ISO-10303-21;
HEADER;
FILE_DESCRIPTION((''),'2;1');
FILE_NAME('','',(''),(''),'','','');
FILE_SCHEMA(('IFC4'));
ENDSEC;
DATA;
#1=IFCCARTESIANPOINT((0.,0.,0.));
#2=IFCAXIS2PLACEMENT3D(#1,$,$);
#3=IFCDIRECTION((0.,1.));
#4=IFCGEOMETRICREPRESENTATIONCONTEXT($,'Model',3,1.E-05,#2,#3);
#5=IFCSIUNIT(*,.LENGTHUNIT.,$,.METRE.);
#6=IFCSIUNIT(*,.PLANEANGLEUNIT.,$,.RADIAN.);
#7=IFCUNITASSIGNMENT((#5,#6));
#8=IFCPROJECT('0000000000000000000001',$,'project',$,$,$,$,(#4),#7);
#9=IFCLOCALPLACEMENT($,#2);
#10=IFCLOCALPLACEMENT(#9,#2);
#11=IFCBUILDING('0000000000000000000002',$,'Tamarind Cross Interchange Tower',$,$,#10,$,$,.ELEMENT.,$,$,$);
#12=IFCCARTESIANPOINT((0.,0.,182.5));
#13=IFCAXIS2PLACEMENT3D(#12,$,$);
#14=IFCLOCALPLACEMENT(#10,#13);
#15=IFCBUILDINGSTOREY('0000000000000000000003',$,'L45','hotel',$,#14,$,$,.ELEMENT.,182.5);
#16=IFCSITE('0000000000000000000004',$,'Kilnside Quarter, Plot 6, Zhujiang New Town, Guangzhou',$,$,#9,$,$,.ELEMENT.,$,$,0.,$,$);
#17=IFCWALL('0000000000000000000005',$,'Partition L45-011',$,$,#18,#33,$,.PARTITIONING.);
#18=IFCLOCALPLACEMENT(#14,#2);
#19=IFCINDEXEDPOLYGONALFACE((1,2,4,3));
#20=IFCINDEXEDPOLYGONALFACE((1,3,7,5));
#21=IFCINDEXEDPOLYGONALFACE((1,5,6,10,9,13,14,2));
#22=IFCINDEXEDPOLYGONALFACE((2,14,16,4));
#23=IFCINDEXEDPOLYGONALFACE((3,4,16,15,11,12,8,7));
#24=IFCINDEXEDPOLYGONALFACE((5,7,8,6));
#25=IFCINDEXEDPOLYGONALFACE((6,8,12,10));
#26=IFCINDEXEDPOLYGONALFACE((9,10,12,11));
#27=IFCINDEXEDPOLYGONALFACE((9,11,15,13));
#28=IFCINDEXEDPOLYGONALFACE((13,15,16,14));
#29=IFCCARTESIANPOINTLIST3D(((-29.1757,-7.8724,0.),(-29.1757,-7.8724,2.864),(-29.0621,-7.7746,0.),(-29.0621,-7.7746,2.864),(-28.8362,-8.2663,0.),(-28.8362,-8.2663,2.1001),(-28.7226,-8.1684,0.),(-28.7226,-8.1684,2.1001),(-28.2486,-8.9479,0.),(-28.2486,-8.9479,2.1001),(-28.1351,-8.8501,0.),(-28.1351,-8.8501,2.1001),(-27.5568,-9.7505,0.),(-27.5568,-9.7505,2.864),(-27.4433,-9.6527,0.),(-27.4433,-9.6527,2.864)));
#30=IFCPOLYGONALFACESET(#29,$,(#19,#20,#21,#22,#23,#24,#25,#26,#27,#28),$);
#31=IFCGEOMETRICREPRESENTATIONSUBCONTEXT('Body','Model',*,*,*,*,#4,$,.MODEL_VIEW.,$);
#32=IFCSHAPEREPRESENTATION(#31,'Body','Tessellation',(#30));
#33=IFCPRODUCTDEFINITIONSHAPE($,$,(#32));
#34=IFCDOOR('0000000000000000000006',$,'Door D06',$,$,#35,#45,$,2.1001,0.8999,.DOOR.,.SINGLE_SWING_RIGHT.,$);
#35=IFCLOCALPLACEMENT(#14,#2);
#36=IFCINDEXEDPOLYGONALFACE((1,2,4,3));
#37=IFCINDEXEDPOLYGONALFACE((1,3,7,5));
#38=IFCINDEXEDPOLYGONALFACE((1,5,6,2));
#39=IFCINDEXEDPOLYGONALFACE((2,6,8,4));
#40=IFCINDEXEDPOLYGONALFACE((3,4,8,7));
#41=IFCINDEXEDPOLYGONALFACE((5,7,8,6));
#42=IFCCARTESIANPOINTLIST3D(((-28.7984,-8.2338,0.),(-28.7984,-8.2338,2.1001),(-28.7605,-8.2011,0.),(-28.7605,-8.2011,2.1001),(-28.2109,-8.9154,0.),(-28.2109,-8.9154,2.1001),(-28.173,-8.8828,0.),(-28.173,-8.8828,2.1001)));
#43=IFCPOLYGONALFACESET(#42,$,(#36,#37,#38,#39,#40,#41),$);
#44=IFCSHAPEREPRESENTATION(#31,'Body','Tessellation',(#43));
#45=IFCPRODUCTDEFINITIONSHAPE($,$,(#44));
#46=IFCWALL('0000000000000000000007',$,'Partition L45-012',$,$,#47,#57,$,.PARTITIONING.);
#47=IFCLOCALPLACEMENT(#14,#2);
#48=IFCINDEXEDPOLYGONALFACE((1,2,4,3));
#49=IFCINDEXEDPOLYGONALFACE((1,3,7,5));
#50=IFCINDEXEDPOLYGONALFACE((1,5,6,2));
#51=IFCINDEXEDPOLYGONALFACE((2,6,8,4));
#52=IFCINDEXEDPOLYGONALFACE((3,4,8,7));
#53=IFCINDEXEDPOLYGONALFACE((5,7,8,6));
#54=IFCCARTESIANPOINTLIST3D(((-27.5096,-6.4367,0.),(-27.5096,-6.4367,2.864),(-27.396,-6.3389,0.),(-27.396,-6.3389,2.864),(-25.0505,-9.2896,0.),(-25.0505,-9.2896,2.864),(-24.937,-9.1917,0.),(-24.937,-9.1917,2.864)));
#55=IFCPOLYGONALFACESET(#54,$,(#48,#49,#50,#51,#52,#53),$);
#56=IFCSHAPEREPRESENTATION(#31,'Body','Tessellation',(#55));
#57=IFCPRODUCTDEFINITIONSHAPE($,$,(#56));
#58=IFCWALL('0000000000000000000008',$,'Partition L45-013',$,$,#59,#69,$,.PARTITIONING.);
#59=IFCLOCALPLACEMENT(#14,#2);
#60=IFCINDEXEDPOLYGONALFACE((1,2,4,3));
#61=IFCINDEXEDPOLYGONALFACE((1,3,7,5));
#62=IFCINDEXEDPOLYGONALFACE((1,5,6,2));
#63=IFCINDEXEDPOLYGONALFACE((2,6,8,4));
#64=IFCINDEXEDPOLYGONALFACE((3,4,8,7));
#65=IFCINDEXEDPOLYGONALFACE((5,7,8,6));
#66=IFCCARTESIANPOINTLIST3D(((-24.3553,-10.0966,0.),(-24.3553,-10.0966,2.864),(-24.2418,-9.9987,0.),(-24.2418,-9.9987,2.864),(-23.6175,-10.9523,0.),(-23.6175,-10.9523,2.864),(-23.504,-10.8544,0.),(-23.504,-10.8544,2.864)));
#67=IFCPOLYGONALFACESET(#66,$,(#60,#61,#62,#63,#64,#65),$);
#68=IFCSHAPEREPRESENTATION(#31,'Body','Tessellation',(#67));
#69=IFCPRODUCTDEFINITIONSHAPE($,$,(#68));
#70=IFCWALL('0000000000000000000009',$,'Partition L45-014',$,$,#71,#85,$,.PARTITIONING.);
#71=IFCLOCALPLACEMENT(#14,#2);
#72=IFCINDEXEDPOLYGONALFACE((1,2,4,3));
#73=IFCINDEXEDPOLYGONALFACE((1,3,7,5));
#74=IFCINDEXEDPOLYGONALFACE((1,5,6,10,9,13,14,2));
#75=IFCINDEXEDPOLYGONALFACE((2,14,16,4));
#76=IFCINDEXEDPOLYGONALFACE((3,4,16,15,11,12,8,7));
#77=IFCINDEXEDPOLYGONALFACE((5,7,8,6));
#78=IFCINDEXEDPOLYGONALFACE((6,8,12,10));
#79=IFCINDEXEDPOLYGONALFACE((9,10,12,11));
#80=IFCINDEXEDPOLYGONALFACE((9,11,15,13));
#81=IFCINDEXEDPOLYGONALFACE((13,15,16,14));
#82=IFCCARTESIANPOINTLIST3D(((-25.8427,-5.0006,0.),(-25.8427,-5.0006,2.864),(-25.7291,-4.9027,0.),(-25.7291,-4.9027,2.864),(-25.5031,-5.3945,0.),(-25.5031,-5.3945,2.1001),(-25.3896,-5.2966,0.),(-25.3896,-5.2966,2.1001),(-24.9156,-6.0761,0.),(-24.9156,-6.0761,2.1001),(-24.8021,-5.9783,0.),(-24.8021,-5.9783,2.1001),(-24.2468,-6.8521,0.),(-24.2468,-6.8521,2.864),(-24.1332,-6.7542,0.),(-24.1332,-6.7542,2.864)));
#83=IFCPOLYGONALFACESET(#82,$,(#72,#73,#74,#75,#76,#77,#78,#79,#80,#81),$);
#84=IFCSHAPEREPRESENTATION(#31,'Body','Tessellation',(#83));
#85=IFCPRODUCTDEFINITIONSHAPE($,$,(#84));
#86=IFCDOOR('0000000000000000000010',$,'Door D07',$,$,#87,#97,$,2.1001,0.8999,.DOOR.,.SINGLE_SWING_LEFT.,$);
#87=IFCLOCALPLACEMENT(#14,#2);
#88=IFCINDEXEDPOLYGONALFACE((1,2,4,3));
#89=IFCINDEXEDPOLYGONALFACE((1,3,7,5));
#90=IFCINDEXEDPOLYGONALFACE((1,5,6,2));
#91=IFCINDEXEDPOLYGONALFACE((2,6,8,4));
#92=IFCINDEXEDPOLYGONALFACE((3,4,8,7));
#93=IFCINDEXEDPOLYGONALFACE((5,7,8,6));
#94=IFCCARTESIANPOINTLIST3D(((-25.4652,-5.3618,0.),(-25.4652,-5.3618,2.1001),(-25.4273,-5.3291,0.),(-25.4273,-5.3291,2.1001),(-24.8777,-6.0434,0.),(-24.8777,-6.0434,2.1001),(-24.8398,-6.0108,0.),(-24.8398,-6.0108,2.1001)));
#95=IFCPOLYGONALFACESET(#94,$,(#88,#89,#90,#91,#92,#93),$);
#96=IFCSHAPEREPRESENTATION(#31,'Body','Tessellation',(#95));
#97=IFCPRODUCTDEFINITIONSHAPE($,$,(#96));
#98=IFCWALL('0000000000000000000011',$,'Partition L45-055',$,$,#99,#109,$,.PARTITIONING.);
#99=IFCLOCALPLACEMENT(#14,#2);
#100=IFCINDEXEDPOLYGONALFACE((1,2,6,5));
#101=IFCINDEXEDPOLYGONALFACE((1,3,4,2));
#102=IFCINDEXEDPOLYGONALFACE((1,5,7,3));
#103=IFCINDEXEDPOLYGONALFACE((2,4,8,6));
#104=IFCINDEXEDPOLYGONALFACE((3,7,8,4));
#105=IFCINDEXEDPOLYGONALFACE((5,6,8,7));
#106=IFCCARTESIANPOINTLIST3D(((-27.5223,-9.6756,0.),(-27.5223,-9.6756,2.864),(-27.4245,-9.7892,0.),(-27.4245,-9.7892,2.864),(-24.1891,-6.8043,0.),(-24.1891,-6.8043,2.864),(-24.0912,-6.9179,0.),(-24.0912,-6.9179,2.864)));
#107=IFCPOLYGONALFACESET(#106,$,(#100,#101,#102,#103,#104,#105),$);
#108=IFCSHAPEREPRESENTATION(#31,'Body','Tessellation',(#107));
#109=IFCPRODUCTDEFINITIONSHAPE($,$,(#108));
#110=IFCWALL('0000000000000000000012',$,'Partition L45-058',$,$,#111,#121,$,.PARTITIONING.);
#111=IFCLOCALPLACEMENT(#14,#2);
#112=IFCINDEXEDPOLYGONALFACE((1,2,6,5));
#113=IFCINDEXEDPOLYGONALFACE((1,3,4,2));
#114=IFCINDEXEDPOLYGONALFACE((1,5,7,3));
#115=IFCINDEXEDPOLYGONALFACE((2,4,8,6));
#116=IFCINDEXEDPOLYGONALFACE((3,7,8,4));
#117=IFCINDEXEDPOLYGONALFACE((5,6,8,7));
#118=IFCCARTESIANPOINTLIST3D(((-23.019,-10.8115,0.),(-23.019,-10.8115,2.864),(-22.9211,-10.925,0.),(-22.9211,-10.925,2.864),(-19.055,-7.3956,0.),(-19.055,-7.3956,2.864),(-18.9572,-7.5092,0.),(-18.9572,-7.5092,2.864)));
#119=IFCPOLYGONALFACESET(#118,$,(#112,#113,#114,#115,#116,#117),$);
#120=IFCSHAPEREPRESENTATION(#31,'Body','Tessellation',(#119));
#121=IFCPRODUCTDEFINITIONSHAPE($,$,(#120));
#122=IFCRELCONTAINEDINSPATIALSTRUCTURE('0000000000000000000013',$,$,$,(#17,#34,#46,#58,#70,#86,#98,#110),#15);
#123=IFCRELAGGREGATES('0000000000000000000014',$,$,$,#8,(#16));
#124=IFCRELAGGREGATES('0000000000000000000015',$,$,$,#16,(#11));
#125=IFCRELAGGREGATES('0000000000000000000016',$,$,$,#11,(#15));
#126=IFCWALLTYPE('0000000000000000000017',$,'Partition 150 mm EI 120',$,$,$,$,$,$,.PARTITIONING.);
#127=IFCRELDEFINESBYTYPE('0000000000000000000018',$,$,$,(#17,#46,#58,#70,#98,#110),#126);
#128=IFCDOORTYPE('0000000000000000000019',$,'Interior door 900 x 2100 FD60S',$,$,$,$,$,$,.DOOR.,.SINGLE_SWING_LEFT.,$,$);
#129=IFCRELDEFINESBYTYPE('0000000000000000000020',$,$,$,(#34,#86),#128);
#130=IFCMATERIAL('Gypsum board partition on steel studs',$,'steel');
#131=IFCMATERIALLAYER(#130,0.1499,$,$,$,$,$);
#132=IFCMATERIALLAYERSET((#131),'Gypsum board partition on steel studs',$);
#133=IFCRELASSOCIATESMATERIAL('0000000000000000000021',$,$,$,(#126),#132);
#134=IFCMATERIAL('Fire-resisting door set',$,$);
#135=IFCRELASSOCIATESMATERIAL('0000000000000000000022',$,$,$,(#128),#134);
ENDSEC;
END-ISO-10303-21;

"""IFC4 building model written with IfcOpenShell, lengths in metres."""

from ifc_helpers import new_model, si_unit, direction, frame, frame_2d, origin, place, context, subcontext, project, spatial, rectangle, extrude, material, layer, layer_set, type_object, element, fill, save


model = new_model("IFC4")

# Units and contexts
model_context = context("Model", 3, precision=1e-05, world=origin(), true_north=direction((0.0, 1.0)))
body_context = subcontext(model_context, "Body", "Model", "MODEL_VIEW")
ifc_project = project(units=[si_unit("LENGTHUNIT", "METRE"), si_unit("PLANEANGLEUNIT", "RADIAN")], contexts=[model_context])

# Site, building, storey
site_placement = place(None, origin())
site = spatial("IfcSite", under=ifc_project, at=site_placement, Name="Kilnside Quarter, Plot 6, Zhujiang New Town, Guangzhou", CompositionType="ELEMENT", RefElevation=0.0)
building_placement = place(site_placement, origin())
building = spatial("IfcBuilding", under=site, at=building_placement, Name="Tamarind Cross Interchange Tower", CompositionType="ELEMENT")
storey_placement = place(building_placement, frame((0.0, 0.0, 182.5)))
storey = spatial("IfcBuildingStorey", under=building, at=storey_placement, Name="L45", Description="hotel", CompositionType="ELEMENT", Elevation=182.5)

# Shared definitions
ifc_material_1 = material(Name="Gypsum board partition on steel studs", Category="steel")
ifc_layer_1 = layer(ifc_material_1, 0.1499)
ifc_layer_set_1 = layer_set([ifc_layer_1], Name="Gypsum board partition on steel studs")
wall_type = type_object("IfcWallType", Name="Partition 150 mm EI 120", PredefinedType="PARTITIONING", material=ifc_layer_set_1)

# Wall, opening, door
wall_1_placement = place(storey_placement, frame((-29.1189, -7.8235, 0.0), z_axis=(0.0, 0.0, 1.0), x_axis=(0.652889, -0.757454, 0.0)))
wall_1 = element("IfcWall", 1, at=wall_1_placement, inside=storey, type_object=wall_type, Name="Partition L45-011", PredefinedType="PARTITIONING", context=body_context, shape_type="SweptSolid", body=[
    extrude(rectangle(XDim=2.4795, YDim=0.1499, at=frame_2d((1.2397, 0.0))), origin(), (0.0, 0.0, 1.0), 2.864),
])
opening_1_placement = place(wall_1_placement, frame((0.52, 0.0, 0.0)))
opening_1 = element("IfcOpeningElement", 2, at=opening_1_placement, cuts=wall_1, PredefinedType="OPENING", context=body_context, shape_type="SweptSolid", body=[
    extrude(rectangle(XDim=0.8999, YDim=2.1001, at=frame_2d((0.45, 1.05))), frame((0.0, 0.085, 0.0), z_axis=(0.0, -1.0, 0.0), x_axis=(1.0, 0.0, 0.0)), (0.0, 0.0, 1.0), 0.1699),
])
ifc_material_2 = material(Name="Fire-resisting door set")
door_type = type_object("IfcDoorType", Name="Interior door 900 x 2100 FD60S", OperationType="SINGLE_SWING_LEFT", PredefinedType="DOOR", material=ifc_material_2)
door_1_placement = place(opening_1_placement, origin())
door_1 = element("IfcDoor", 3, at=door_1_placement, inside=storey, type_object=door_type, Name="Door D06", OperationType="SINGLE_SWING_RIGHT", OverallHeight=2.1001, OverallWidth=0.8999, PredefinedType="DOOR", context=body_context, shape_type="SweptSolid", body=[
    extrude(rectangle(XDim=0.8999, YDim=2.1001, at=frame_2d((0.45, 1.05))), frame((0.0, 0.0249, 0.0), z_axis=(0.0, -1.0, 0.0), x_axis=(1.0, 0.0, 0.0)), (0.0, 0.0, 1.0), 0.05),
])
fill(opening_1, door_1)

# Walls
wall_2_placement = place(storey_placement, frame((-27.4529, -6.3877, 0.0), z_axis=(0.0, 0.0, 1.0), x_axis=(0.652892, -0.757451, 0.0)))
element("IfcWall", 4, at=wall_2_placement, inside=storey, type_object=wall_type, Name="Partition L45-012", PredefinedType="PARTITIONING", context=body_context, shape_type="SweptSolid", body=[
    extrude(rectangle(XDim=3.7664, YDim=0.1499, at=frame_2d((1.8833, 0.0))), origin(), (0.0, 0.0, 1.0), 2.864),
])
wall_3_placement = place(storey_placement, frame((-24.2986, -10.0476, 0.0), z_axis=(0.0, 0.0, 1.0), x_axis=(0.652995, -0.757362, 0.0)))
element("IfcWall", 5, at=wall_3_placement, inside=storey, type_object=wall_type, Name="Partition L45-013", PredefinedType="PARTITIONING", context=body_context, shape_type="SweptSolid", body=[
    extrude(rectangle(XDim=1.1299, YDim=0.1499, at=frame_2d((0.5649, 0.0))), origin(), (0.0, 0.0, 1.0), 2.864),
])

# Wall, opening, door
wall_4_placement = place(storey_placement, frame((-25.7859, -4.9517, 0.0), z_axis=(0.0, 0.0, 1.0), x_axis=(0.652886, -0.757456, 0.0)))
wall_4 = element("IfcWall", 6, at=wall_4_placement, inside=storey, type_object=wall_type, Name="Partition L45-014", PredefinedType="PARTITIONING", context=body_context, shape_type="SweptSolid", body=[
    extrude(rectangle(XDim=2.4443, YDim=0.1499, at=frame_2d((1.2222, 0.0))), origin(), (0.0, 0.0, 1.0), 2.864),
])
opening_2_placement = place(wall_4_placement, frame((0.52, 0.0, 0.0)))
opening_2 = element("IfcOpeningElement", 7, at=opening_2_placement, cuts=wall_4, PredefinedType="OPENING", context=body_context, shape_type="SweptSolid", body=[
    extrude(rectangle(XDim=0.8999, YDim=2.1001, at=frame_2d((0.45, 1.05))), frame((0.0, 0.085, 0.0), z_axis=(0.0, -1.0, 0.0), x_axis=(1.0, 0.0, 0.0)), (0.0, 0.0, 1.0), 0.1699),
])
door_2_placement = place(opening_2_placement, frame((0.8999, 0.0, 0.0), z_axis=(0.0, 0.0, 1.0), x_axis=(-1.0, 0.0, 0.0)))
door_2 = element("IfcDoor", 8, at=door_2_placement, inside=storey, type_object=door_type, Name="Door D07", OperationType="SINGLE_SWING_LEFT", OverallHeight=2.1001, OverallWidth=0.8999, PredefinedType="DOOR", context=body_context, shape_type="SweptSolid", body=[
    extrude(rectangle(XDim=0.8999, YDim=2.1001, at=frame_2d((0.45, 1.05))), frame((0.0, 0.0249, 0.0), z_axis=(0.0, -1.0, 0.0), x_axis=(1.0, 0.0, 0.0)), (0.0, 0.0, 1.0), 0.05),
])
fill(opening_2, door_2)

# Walls
wall_5_placement = place(storey_placement, frame((-27.4734, -9.7324, 0.0), z_axis=(0.0, 0.0, 1.0), x_axis=(0.757652, 0.652659, 0.0)))
element("IfcWall", 9, at=wall_5_placement, inside=storey, type_object=wall_type, Name="Partition L45-055", PredefinedType="PARTITIONING", context=body_context, shape_type="SweptSolid", body=[
    extrude(rectangle(XDim=4.3994, YDim=0.1499, at=frame_2d((2.1997, 0.0))), origin(), (0.0, 0.0, 1.0), 2.864),
])
wall_6_placement = place(storey_placement, frame((-22.97, -10.8682, 0.0), z_axis=(0.0, 0.0, 1.0), x_axis=(0.757538, 0.652791, 0.0)))
element("IfcWall", 10, at=wall_6_placement, inside=storey, type_object=wall_type, Name="Partition L45-058", PredefinedType="PARTITIONING", context=body_context, shape_type="SweptSolid", body=[
    extrude(rectangle(XDim=5.2327, YDim=0.1499, at=frame_2d((2.6162, 0.0))), origin(), (0.0, 0.0, 1.0), 2.864),
])

save(model, "model.ifc")
